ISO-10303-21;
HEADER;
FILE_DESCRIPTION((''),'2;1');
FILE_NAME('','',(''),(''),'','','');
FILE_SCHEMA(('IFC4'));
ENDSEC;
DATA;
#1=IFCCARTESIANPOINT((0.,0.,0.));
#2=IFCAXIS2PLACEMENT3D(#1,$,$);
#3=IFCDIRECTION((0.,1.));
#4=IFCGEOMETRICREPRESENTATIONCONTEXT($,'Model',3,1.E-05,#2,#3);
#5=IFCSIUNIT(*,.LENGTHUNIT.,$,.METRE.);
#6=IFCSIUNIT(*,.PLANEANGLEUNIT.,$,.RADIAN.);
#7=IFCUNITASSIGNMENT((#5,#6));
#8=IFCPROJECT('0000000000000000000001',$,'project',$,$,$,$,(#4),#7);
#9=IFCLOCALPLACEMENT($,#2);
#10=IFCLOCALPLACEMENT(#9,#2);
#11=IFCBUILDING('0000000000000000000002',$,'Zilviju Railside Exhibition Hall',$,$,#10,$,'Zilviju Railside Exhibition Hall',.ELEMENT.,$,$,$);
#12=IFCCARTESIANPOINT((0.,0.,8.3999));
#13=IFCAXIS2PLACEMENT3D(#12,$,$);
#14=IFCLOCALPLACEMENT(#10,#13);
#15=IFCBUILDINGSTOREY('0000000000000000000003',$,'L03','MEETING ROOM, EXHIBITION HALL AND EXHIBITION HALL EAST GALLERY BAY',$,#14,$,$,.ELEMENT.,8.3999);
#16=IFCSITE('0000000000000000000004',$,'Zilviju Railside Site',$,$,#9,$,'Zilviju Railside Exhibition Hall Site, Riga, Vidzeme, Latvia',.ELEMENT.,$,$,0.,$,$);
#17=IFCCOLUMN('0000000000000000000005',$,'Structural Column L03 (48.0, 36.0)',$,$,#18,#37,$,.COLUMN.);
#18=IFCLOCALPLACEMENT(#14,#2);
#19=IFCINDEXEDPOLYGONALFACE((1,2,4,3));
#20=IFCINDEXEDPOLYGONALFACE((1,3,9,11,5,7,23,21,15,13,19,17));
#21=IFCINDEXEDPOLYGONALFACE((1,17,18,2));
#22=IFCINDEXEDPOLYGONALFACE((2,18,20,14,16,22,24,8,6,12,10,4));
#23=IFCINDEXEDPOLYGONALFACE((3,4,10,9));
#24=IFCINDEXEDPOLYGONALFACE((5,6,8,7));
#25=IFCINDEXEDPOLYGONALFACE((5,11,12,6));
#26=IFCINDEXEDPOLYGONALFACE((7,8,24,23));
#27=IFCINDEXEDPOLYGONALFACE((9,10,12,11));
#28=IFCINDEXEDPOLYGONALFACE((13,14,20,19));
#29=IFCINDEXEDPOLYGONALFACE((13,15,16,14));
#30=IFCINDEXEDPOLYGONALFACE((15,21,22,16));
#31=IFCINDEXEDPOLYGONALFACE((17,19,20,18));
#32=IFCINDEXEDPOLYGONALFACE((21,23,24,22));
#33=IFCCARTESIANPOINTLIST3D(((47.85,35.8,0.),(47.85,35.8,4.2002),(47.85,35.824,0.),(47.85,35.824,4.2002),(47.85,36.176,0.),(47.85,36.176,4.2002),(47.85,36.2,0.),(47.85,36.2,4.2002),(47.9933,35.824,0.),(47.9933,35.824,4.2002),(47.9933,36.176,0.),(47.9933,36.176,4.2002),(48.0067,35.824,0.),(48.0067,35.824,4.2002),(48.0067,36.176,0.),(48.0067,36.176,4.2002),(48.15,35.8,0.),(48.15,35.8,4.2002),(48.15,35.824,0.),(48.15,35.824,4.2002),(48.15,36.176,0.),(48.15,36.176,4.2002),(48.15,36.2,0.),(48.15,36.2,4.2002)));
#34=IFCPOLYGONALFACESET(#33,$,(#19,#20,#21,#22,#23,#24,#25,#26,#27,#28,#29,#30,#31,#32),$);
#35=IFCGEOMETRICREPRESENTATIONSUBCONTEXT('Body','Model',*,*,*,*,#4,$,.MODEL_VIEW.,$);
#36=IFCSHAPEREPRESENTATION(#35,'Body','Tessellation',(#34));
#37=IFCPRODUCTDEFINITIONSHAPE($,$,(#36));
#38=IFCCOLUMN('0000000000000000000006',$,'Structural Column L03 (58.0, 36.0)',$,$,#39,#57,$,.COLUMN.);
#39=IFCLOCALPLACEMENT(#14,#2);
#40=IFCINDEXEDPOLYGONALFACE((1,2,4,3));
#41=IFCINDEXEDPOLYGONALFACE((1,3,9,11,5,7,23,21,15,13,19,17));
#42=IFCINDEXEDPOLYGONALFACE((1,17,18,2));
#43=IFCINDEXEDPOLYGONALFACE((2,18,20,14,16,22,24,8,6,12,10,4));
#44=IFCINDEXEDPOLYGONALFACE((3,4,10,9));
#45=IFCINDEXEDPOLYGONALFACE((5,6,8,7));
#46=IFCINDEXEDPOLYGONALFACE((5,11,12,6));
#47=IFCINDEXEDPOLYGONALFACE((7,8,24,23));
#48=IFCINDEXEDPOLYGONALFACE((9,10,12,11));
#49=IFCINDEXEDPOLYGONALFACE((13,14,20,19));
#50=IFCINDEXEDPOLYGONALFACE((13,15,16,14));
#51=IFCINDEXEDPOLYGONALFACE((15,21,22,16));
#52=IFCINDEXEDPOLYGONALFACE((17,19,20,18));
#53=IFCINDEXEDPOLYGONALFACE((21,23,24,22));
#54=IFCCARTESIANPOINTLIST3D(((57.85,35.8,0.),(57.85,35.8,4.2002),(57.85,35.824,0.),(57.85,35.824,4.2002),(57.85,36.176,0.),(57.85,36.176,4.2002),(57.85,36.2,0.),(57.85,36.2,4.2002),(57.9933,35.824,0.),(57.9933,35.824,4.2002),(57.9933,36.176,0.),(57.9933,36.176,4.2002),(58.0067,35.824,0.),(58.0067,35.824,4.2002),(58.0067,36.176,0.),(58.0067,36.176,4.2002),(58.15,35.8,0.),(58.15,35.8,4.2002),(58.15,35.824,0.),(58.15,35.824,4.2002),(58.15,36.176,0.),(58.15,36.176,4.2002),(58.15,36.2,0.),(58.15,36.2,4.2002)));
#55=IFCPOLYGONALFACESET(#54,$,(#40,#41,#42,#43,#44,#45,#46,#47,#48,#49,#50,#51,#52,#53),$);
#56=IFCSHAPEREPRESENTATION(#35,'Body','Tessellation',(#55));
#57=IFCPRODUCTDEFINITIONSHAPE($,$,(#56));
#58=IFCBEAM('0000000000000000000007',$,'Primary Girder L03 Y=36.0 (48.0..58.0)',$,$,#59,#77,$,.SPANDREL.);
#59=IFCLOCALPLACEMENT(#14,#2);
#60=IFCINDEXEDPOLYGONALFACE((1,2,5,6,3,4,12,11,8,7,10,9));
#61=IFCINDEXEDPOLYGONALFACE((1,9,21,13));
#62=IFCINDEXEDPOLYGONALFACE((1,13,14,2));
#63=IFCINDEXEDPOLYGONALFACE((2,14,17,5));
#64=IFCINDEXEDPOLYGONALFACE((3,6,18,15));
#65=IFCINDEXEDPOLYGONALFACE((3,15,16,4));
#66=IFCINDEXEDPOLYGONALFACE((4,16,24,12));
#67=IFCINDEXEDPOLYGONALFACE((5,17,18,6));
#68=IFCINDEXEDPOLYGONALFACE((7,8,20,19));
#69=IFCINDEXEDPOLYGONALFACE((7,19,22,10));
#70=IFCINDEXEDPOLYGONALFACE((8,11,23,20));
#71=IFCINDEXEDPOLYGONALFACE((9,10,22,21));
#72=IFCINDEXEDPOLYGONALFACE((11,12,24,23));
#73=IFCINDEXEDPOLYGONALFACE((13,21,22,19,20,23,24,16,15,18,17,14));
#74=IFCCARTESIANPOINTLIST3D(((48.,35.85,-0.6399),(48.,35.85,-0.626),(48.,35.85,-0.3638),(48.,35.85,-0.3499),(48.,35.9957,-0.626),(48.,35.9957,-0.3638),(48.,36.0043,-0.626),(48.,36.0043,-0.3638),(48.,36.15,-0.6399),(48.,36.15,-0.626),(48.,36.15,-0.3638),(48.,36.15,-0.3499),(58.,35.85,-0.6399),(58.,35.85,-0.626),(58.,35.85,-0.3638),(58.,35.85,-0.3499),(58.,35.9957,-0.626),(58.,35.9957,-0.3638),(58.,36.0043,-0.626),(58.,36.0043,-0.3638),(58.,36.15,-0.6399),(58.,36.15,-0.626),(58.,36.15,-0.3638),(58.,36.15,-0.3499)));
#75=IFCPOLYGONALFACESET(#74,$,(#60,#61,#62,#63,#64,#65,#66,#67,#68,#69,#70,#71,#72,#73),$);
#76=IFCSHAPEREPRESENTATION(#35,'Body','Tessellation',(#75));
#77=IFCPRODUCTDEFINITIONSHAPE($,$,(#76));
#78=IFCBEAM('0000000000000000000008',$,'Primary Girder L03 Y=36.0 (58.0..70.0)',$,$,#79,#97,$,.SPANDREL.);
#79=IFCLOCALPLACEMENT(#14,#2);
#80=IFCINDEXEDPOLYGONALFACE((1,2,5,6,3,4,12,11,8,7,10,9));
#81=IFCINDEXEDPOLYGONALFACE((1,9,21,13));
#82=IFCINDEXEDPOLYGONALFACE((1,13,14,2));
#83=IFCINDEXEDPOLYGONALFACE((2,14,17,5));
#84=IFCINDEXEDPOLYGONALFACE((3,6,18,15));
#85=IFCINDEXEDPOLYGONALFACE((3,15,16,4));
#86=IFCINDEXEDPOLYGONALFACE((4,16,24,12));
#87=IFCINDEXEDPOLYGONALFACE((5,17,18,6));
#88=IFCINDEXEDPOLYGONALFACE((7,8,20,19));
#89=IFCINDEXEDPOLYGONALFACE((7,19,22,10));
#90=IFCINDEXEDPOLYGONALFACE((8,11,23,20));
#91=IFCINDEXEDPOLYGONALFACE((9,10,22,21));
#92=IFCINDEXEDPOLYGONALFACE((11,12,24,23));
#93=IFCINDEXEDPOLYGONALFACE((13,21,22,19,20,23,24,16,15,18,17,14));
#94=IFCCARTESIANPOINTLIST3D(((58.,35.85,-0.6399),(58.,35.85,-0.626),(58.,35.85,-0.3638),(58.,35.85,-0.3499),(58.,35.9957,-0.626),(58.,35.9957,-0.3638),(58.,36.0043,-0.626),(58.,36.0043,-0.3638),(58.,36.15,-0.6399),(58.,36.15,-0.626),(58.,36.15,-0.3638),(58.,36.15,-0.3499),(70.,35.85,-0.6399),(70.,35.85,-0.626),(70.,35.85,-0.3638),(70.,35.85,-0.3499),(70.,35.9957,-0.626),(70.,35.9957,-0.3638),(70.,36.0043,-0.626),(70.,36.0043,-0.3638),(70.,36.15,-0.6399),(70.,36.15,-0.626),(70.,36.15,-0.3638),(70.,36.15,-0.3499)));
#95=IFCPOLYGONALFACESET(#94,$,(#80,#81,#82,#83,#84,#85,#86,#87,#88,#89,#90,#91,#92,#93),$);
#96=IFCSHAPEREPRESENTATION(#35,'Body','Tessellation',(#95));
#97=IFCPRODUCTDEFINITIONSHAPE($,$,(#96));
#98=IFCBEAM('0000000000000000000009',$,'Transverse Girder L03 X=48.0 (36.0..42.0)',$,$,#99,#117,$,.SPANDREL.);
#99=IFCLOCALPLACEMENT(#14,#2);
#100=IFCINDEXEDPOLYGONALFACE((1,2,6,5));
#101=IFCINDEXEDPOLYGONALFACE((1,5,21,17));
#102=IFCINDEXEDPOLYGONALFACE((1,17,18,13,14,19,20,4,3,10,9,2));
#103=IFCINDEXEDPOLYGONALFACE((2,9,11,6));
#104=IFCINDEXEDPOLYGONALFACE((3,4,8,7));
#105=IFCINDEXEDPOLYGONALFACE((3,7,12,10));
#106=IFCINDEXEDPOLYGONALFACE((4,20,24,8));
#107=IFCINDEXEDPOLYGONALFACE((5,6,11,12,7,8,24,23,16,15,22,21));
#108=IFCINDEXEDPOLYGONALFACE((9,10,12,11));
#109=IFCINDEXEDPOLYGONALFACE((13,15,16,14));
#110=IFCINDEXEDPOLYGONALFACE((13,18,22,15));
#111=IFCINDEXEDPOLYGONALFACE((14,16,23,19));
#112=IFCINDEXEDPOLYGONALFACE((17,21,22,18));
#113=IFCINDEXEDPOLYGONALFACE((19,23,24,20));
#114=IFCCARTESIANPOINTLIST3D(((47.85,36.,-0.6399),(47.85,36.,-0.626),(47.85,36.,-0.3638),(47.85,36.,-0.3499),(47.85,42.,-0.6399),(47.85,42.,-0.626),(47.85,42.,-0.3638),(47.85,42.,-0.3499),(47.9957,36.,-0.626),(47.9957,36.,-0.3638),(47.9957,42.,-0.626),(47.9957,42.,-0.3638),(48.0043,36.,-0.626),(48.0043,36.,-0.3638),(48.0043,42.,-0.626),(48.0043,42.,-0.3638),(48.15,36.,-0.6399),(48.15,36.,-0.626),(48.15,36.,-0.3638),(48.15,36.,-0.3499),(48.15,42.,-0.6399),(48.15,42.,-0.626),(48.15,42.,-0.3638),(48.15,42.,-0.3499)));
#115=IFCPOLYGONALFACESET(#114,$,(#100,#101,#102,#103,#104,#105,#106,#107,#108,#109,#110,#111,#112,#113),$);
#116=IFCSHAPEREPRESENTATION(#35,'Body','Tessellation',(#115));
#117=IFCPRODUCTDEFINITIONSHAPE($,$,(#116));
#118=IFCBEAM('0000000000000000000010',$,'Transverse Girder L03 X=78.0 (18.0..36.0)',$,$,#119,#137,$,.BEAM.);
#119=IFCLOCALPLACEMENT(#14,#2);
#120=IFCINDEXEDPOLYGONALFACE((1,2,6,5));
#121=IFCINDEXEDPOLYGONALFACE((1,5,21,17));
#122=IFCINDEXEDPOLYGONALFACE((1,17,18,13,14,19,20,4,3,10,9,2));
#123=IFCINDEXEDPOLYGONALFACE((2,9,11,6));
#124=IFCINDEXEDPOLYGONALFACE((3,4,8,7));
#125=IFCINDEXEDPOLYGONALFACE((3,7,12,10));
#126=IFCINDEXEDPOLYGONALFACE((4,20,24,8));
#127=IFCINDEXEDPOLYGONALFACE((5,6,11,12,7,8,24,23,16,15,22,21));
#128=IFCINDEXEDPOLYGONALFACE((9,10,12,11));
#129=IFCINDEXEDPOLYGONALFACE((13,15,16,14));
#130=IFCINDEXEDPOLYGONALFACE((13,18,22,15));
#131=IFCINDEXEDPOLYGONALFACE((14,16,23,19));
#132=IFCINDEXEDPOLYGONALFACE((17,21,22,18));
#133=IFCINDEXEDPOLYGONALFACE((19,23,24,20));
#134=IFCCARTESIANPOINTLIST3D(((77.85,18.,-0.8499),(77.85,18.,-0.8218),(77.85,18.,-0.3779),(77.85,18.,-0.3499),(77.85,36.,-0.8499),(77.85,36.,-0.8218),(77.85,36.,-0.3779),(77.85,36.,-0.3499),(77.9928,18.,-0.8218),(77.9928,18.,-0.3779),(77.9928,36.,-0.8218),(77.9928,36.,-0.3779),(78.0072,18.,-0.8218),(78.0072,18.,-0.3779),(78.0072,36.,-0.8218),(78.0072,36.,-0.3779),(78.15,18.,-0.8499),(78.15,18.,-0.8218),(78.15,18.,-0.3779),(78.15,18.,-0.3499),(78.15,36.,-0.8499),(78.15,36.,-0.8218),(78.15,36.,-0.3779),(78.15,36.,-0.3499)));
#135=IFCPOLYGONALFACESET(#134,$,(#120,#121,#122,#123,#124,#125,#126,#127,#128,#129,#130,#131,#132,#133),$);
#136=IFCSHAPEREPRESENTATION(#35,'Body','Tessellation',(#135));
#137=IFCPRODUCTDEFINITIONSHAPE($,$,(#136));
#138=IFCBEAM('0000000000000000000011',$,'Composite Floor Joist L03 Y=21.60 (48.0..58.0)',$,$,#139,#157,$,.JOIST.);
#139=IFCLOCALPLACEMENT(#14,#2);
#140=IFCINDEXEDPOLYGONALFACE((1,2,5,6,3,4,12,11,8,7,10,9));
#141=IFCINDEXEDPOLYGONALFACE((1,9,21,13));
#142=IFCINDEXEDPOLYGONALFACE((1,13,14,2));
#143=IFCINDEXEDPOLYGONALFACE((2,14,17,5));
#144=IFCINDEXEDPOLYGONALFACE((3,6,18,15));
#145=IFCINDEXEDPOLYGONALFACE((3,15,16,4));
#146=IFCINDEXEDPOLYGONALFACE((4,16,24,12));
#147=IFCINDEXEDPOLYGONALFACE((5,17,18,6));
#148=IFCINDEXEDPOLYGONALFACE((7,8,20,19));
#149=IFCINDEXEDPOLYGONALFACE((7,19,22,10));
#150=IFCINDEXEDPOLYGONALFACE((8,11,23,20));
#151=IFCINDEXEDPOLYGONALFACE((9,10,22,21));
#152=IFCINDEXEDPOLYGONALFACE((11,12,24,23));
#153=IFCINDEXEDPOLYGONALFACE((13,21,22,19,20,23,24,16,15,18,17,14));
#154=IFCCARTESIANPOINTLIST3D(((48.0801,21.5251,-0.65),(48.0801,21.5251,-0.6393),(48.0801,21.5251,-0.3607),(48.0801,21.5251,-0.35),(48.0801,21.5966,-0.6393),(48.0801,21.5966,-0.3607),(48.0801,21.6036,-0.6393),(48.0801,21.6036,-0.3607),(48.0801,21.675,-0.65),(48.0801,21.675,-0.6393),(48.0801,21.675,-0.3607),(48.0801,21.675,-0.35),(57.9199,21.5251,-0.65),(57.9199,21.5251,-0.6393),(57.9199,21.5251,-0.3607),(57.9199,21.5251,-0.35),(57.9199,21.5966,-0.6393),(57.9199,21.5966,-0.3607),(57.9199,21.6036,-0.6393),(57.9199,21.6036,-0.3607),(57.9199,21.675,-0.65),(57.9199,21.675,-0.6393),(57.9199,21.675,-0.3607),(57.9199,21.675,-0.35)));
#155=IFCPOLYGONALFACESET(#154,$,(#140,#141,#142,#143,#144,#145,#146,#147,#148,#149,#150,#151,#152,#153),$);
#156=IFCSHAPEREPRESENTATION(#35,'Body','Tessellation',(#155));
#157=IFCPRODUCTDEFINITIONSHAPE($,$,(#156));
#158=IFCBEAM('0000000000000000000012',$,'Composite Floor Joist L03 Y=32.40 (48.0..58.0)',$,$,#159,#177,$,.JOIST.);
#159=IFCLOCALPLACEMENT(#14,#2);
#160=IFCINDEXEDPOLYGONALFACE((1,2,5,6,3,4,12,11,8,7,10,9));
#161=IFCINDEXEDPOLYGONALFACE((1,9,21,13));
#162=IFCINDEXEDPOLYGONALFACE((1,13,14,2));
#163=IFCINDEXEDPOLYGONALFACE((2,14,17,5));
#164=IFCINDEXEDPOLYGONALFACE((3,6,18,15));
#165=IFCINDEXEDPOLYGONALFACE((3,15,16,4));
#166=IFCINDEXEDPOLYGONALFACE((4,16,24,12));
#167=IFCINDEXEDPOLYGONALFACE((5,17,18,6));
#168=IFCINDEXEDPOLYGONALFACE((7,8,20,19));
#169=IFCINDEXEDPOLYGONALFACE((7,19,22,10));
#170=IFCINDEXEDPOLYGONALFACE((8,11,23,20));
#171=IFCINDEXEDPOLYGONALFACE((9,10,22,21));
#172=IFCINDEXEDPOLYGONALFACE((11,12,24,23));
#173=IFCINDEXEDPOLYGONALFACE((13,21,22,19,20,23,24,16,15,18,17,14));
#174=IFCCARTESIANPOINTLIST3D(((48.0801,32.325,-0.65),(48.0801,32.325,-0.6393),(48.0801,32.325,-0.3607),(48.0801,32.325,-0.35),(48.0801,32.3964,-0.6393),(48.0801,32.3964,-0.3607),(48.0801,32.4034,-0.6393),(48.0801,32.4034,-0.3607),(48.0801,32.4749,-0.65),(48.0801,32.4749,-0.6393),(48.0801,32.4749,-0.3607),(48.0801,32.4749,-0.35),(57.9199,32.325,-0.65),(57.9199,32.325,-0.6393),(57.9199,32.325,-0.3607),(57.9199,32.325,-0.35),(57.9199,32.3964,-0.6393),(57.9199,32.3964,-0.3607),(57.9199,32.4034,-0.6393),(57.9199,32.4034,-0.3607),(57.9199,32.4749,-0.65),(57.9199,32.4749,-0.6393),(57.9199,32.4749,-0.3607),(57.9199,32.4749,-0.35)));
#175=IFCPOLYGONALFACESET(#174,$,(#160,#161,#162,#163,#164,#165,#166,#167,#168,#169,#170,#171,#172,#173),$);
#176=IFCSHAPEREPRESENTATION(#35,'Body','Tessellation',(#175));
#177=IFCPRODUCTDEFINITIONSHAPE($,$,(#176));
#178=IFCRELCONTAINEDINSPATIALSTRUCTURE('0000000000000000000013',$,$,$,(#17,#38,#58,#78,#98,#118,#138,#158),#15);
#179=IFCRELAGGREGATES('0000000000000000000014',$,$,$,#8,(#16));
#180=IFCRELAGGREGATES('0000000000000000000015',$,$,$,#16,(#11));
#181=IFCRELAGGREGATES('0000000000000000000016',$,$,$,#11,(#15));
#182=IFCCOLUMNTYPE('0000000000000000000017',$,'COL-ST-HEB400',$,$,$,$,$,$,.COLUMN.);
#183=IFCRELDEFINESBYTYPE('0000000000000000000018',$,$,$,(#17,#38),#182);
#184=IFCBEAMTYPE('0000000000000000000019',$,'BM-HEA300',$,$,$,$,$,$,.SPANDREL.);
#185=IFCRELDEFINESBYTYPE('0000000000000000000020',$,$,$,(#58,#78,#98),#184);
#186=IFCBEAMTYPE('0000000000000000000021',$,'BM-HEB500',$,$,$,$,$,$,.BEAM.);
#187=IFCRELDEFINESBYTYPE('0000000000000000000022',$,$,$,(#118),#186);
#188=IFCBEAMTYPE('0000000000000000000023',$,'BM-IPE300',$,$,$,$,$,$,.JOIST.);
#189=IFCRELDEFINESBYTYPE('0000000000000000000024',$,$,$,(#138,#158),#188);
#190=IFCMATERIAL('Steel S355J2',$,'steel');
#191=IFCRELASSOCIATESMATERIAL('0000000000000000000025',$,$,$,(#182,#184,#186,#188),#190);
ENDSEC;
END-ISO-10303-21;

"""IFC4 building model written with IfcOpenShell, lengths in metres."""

from ifc_helpers import new_model, si_unit, direction, frame, origin, origin_2d, place, context, subcontext, project, spatial, i_section, extrude, material, material_profile, profile_set, type_object, element, save


model = new_model("IFC4")

# Units and contexts
model_context = context("Model", 3, precision=1e-05, world=origin(), true_north=direction((0.0, 1.0)))
body_context = subcontext(model_context, "Body", "Model", "MODEL_VIEW")
ifc_project = project(units=[si_unit("LENGTHUNIT", "METRE"), si_unit("PLANEANGLEUNIT", "RADIAN")], contexts=[model_context])

# Site, building, storey
site_placement = place(None, origin())
site = spatial("IfcSite", under=ifc_project, at=site_placement, Name="Zilviju Railside Site", LongName="Zilviju Railside Exhibition Hall Site, Riga, Vidzeme, Latvia", CompositionType="ELEMENT", RefElevation=0.0)
building_placement = place(site_placement, origin())
building = spatial("IfcBuilding", under=site, at=building_placement, Name="Zilviju Railside Exhibition Hall", LongName="Zilviju Railside Exhibition Hall", CompositionType="ELEMENT")
storey_placement = place(building_placement, frame((0.0, 0.0, 8.3999)))
storey = spatial("IfcBuildingStorey", under=building, at=storey_placement, Name="L03", Description="MEETING ROOM, EXHIBITION HALL AND EXHIBITION HALL EAST GALLERY BAY", CompositionType="ELEMENT", Elevation=8.3999)

# Columns
ifc_material_1 = material(Name="Steel S355J2", Category="steel")
ifc_material_profile_1 = material_profile(ifc_material_1, i_section(OverallWidth=0.3, OverallDepth=0.3999, WebThickness=0.0134, FlangeThickness=0.0239, at=origin_2d()), Name="HEB 400")
ifc_profile_set_1 = profile_set([ifc_material_profile_1], Name="Steel S355J2")
column_type = type_object("IfcColumnType", Name="COL-ST-HEB400", PredefinedType="COLUMN", material=ifc_profile_set_1)
for number, where, z_axis, x_axis, name in (
    (1, (48.0, 36.0, 0.0), (0.0, 0.0, 1.0), (1.0, 0.0, 0.0), "Structural Column L03 (48.0, 36.0)"),
    (2, (58.0, 36.0, 0.0), (0.0, 0.0, 1.0), (1.0, 0.0, 0.0), "Structural Column L03 (58.0, 36.0)"),
):
    element("IfcColumn", number, at=place(storey_placement, frame(where, z_axis=z_axis, x_axis=x_axis)), inside=storey, type_object=column_type, Name=name, PredefinedType="COLUMN", context=body_context, shape_type="SweptSolid", body=[
        extrude(i_section(OverallWidth=0.3, OverallDepth=0.3999, WebThickness=0.0134, FlangeThickness=0.0239, at=origin_2d()), origin(), (0.0, 0.0, 1.0), 4.2002),
    ])

# Beams
ifc_material_profile_2 = material_profile(ifc_material_1, i_section(OverallWidth=0.3, OverallDepth=0.29, WebThickness=0.0085, FlangeThickness=0.0139, at=origin_2d()), Name="HEA 300")
ifc_profile_set_2 = profile_set([ifc_material_profile_2], Name="Steel S355J2")
beam_type_1 = type_object("IfcBeamType", Name="BM-HEA300", PredefinedType="SPANDREL", material=ifc_profile_set_2)
beam_1_placement = place(storey_placement, frame((48.0, 36.0, -0.4949), z_axis=(1.0, 0.0, 0.0), x_axis=(0.0, 1.0, 0.0)))
element("IfcBeam", 3, at=beam_1_placement, inside=storey, type_object=beam_type_1, Name="Primary Girder L03 Y=36.0 (48.0..58.0)", PredefinedType="SPANDREL", context=body_context, shape_type="SweptSolid", body=[
    extrude(i_section(OverallWidth=0.3, OverallDepth=0.29, WebThickness=0.0085, FlangeThickness=0.0139, at=origin_2d()), origin(), (0.0, 0.0, 1.0), 10.0),
])
beam_2_placement = place(storey_placement, frame((58.0, 36.0, -0.4949), z_axis=(1.0, 0.0, 0.0), x_axis=(0.0, 1.0, 0.0)))
element("IfcBeam", 4, at=beam_2_placement, inside=storey, type_object=beam_type_1, Name="Primary Girder L03 Y=36.0 (58.0..70.0)", PredefinedType="SPANDREL", context=body_context, shape_type="SweptSolid", body=[
    extrude(i_section(OverallWidth=0.3, OverallDepth=0.29, WebThickness=0.0085, FlangeThickness=0.0139, at=origin_2d()), origin(), (0.0, 0.0, 1.0), 12.0),
])
beam_3_placement = place(storey_placement, frame((48.0, 36.0, -0.4949), z_axis=(0.0, 1.0, 0.0), x_axis=(-1.0, 0.0, 0.0)))
element("IfcBeam", 5, at=beam_3_placement, inside=storey, type_object=beam_type_1, Name="Transverse Girder L03 X=48.0 (36.0..42.0)", PredefinedType="SPANDREL", context=body_context, shape_type="SweptSolid", body=[
    extrude(i_section(OverallWidth=0.3, OverallDepth=0.29, WebThickness=0.0085, FlangeThickness=0.0139, at=origin_2d()), origin(), (0.0, 0.0, 1.0), 6.0),
])
ifc_material_profile_3 = material_profile(ifc_material_1, i_section(OverallWidth=0.3, OverallDepth=0.5, WebThickness=0.0144, FlangeThickness=0.0281, at=origin_2d()), Name="HEB 500")
ifc_profile_set_3 = profile_set([ifc_material_profile_3], Name="Steel S355J2")
beam_type_2 = type_object("IfcBeamType", Name="BM-HEB500", PredefinedType="BEAM", material=ifc_profile_set_3)
beam_4_placement = place(storey_placement, frame((78.0, 18.0, -0.5999), z_axis=(0.0, 1.0, 0.0), x_axis=(-1.0, 0.0, 0.0)))
element("IfcBeam", 6, at=beam_4_placement, inside=storey, type_object=beam_type_2, Name="Transverse Girder L03 X=78.0 (18.0..36.0)", PredefinedType="BEAM", context=body_context, shape_type="SweptSolid", body=[
    extrude(i_section(OverallWidth=0.3, OverallDepth=0.5, WebThickness=0.0144, FlangeThickness=0.0281, at=origin_2d()), origin(), (0.0, 0.0, 1.0), 18.0),
])
ifc_material_profile_4 = material_profile(ifc_material_1, i_section(OverallWidth=0.1499, OverallDepth=0.3, WebThickness=0.0071, FlangeThickness=0.0107, at=origin_2d()), Name="IPE 300")
ifc_profile_set_4 = profile_set([ifc_material_profile_4], Name="Steel S355J2")
beam_type_3 = type_object("IfcBeamType", Name="BM-IPE300", PredefinedType="JOIST", material=ifc_profile_set_4)
for number, where, z_axis, x_axis, name in (
    (7, (48.0801, 21.6001, -0.5), (1.0, 0.0, 0.0), (0.0, 1.0, 0.0), "Composite Floor Joist L03 Y=21.60 (48.0..58.0)"),
    (8, (48.0801, 32.3999, -0.5), (1.0, 0.0, 0.0), (0.0, 1.0, 0.0), "Composite Floor Joist L03 Y=32.40 (48.0..58.0)"),
):
    element("IfcBeam", number, at=place(storey_placement, frame(where, z_axis=z_axis, x_axis=x_axis)), inside=storey, type_object=beam_type_3, Name=name, PredefinedType="JOIST", context=body_context, shape_type="SweptSolid", body=[
        extrude(i_section(OverallWidth=0.1499, OverallDepth=0.3, WebThickness=0.0071, FlangeThickness=0.0107, at=origin_2d()), origin(), (0.0, 0.0, 1.0), 9.8398),
    ])

save(model, "model.ifc")
